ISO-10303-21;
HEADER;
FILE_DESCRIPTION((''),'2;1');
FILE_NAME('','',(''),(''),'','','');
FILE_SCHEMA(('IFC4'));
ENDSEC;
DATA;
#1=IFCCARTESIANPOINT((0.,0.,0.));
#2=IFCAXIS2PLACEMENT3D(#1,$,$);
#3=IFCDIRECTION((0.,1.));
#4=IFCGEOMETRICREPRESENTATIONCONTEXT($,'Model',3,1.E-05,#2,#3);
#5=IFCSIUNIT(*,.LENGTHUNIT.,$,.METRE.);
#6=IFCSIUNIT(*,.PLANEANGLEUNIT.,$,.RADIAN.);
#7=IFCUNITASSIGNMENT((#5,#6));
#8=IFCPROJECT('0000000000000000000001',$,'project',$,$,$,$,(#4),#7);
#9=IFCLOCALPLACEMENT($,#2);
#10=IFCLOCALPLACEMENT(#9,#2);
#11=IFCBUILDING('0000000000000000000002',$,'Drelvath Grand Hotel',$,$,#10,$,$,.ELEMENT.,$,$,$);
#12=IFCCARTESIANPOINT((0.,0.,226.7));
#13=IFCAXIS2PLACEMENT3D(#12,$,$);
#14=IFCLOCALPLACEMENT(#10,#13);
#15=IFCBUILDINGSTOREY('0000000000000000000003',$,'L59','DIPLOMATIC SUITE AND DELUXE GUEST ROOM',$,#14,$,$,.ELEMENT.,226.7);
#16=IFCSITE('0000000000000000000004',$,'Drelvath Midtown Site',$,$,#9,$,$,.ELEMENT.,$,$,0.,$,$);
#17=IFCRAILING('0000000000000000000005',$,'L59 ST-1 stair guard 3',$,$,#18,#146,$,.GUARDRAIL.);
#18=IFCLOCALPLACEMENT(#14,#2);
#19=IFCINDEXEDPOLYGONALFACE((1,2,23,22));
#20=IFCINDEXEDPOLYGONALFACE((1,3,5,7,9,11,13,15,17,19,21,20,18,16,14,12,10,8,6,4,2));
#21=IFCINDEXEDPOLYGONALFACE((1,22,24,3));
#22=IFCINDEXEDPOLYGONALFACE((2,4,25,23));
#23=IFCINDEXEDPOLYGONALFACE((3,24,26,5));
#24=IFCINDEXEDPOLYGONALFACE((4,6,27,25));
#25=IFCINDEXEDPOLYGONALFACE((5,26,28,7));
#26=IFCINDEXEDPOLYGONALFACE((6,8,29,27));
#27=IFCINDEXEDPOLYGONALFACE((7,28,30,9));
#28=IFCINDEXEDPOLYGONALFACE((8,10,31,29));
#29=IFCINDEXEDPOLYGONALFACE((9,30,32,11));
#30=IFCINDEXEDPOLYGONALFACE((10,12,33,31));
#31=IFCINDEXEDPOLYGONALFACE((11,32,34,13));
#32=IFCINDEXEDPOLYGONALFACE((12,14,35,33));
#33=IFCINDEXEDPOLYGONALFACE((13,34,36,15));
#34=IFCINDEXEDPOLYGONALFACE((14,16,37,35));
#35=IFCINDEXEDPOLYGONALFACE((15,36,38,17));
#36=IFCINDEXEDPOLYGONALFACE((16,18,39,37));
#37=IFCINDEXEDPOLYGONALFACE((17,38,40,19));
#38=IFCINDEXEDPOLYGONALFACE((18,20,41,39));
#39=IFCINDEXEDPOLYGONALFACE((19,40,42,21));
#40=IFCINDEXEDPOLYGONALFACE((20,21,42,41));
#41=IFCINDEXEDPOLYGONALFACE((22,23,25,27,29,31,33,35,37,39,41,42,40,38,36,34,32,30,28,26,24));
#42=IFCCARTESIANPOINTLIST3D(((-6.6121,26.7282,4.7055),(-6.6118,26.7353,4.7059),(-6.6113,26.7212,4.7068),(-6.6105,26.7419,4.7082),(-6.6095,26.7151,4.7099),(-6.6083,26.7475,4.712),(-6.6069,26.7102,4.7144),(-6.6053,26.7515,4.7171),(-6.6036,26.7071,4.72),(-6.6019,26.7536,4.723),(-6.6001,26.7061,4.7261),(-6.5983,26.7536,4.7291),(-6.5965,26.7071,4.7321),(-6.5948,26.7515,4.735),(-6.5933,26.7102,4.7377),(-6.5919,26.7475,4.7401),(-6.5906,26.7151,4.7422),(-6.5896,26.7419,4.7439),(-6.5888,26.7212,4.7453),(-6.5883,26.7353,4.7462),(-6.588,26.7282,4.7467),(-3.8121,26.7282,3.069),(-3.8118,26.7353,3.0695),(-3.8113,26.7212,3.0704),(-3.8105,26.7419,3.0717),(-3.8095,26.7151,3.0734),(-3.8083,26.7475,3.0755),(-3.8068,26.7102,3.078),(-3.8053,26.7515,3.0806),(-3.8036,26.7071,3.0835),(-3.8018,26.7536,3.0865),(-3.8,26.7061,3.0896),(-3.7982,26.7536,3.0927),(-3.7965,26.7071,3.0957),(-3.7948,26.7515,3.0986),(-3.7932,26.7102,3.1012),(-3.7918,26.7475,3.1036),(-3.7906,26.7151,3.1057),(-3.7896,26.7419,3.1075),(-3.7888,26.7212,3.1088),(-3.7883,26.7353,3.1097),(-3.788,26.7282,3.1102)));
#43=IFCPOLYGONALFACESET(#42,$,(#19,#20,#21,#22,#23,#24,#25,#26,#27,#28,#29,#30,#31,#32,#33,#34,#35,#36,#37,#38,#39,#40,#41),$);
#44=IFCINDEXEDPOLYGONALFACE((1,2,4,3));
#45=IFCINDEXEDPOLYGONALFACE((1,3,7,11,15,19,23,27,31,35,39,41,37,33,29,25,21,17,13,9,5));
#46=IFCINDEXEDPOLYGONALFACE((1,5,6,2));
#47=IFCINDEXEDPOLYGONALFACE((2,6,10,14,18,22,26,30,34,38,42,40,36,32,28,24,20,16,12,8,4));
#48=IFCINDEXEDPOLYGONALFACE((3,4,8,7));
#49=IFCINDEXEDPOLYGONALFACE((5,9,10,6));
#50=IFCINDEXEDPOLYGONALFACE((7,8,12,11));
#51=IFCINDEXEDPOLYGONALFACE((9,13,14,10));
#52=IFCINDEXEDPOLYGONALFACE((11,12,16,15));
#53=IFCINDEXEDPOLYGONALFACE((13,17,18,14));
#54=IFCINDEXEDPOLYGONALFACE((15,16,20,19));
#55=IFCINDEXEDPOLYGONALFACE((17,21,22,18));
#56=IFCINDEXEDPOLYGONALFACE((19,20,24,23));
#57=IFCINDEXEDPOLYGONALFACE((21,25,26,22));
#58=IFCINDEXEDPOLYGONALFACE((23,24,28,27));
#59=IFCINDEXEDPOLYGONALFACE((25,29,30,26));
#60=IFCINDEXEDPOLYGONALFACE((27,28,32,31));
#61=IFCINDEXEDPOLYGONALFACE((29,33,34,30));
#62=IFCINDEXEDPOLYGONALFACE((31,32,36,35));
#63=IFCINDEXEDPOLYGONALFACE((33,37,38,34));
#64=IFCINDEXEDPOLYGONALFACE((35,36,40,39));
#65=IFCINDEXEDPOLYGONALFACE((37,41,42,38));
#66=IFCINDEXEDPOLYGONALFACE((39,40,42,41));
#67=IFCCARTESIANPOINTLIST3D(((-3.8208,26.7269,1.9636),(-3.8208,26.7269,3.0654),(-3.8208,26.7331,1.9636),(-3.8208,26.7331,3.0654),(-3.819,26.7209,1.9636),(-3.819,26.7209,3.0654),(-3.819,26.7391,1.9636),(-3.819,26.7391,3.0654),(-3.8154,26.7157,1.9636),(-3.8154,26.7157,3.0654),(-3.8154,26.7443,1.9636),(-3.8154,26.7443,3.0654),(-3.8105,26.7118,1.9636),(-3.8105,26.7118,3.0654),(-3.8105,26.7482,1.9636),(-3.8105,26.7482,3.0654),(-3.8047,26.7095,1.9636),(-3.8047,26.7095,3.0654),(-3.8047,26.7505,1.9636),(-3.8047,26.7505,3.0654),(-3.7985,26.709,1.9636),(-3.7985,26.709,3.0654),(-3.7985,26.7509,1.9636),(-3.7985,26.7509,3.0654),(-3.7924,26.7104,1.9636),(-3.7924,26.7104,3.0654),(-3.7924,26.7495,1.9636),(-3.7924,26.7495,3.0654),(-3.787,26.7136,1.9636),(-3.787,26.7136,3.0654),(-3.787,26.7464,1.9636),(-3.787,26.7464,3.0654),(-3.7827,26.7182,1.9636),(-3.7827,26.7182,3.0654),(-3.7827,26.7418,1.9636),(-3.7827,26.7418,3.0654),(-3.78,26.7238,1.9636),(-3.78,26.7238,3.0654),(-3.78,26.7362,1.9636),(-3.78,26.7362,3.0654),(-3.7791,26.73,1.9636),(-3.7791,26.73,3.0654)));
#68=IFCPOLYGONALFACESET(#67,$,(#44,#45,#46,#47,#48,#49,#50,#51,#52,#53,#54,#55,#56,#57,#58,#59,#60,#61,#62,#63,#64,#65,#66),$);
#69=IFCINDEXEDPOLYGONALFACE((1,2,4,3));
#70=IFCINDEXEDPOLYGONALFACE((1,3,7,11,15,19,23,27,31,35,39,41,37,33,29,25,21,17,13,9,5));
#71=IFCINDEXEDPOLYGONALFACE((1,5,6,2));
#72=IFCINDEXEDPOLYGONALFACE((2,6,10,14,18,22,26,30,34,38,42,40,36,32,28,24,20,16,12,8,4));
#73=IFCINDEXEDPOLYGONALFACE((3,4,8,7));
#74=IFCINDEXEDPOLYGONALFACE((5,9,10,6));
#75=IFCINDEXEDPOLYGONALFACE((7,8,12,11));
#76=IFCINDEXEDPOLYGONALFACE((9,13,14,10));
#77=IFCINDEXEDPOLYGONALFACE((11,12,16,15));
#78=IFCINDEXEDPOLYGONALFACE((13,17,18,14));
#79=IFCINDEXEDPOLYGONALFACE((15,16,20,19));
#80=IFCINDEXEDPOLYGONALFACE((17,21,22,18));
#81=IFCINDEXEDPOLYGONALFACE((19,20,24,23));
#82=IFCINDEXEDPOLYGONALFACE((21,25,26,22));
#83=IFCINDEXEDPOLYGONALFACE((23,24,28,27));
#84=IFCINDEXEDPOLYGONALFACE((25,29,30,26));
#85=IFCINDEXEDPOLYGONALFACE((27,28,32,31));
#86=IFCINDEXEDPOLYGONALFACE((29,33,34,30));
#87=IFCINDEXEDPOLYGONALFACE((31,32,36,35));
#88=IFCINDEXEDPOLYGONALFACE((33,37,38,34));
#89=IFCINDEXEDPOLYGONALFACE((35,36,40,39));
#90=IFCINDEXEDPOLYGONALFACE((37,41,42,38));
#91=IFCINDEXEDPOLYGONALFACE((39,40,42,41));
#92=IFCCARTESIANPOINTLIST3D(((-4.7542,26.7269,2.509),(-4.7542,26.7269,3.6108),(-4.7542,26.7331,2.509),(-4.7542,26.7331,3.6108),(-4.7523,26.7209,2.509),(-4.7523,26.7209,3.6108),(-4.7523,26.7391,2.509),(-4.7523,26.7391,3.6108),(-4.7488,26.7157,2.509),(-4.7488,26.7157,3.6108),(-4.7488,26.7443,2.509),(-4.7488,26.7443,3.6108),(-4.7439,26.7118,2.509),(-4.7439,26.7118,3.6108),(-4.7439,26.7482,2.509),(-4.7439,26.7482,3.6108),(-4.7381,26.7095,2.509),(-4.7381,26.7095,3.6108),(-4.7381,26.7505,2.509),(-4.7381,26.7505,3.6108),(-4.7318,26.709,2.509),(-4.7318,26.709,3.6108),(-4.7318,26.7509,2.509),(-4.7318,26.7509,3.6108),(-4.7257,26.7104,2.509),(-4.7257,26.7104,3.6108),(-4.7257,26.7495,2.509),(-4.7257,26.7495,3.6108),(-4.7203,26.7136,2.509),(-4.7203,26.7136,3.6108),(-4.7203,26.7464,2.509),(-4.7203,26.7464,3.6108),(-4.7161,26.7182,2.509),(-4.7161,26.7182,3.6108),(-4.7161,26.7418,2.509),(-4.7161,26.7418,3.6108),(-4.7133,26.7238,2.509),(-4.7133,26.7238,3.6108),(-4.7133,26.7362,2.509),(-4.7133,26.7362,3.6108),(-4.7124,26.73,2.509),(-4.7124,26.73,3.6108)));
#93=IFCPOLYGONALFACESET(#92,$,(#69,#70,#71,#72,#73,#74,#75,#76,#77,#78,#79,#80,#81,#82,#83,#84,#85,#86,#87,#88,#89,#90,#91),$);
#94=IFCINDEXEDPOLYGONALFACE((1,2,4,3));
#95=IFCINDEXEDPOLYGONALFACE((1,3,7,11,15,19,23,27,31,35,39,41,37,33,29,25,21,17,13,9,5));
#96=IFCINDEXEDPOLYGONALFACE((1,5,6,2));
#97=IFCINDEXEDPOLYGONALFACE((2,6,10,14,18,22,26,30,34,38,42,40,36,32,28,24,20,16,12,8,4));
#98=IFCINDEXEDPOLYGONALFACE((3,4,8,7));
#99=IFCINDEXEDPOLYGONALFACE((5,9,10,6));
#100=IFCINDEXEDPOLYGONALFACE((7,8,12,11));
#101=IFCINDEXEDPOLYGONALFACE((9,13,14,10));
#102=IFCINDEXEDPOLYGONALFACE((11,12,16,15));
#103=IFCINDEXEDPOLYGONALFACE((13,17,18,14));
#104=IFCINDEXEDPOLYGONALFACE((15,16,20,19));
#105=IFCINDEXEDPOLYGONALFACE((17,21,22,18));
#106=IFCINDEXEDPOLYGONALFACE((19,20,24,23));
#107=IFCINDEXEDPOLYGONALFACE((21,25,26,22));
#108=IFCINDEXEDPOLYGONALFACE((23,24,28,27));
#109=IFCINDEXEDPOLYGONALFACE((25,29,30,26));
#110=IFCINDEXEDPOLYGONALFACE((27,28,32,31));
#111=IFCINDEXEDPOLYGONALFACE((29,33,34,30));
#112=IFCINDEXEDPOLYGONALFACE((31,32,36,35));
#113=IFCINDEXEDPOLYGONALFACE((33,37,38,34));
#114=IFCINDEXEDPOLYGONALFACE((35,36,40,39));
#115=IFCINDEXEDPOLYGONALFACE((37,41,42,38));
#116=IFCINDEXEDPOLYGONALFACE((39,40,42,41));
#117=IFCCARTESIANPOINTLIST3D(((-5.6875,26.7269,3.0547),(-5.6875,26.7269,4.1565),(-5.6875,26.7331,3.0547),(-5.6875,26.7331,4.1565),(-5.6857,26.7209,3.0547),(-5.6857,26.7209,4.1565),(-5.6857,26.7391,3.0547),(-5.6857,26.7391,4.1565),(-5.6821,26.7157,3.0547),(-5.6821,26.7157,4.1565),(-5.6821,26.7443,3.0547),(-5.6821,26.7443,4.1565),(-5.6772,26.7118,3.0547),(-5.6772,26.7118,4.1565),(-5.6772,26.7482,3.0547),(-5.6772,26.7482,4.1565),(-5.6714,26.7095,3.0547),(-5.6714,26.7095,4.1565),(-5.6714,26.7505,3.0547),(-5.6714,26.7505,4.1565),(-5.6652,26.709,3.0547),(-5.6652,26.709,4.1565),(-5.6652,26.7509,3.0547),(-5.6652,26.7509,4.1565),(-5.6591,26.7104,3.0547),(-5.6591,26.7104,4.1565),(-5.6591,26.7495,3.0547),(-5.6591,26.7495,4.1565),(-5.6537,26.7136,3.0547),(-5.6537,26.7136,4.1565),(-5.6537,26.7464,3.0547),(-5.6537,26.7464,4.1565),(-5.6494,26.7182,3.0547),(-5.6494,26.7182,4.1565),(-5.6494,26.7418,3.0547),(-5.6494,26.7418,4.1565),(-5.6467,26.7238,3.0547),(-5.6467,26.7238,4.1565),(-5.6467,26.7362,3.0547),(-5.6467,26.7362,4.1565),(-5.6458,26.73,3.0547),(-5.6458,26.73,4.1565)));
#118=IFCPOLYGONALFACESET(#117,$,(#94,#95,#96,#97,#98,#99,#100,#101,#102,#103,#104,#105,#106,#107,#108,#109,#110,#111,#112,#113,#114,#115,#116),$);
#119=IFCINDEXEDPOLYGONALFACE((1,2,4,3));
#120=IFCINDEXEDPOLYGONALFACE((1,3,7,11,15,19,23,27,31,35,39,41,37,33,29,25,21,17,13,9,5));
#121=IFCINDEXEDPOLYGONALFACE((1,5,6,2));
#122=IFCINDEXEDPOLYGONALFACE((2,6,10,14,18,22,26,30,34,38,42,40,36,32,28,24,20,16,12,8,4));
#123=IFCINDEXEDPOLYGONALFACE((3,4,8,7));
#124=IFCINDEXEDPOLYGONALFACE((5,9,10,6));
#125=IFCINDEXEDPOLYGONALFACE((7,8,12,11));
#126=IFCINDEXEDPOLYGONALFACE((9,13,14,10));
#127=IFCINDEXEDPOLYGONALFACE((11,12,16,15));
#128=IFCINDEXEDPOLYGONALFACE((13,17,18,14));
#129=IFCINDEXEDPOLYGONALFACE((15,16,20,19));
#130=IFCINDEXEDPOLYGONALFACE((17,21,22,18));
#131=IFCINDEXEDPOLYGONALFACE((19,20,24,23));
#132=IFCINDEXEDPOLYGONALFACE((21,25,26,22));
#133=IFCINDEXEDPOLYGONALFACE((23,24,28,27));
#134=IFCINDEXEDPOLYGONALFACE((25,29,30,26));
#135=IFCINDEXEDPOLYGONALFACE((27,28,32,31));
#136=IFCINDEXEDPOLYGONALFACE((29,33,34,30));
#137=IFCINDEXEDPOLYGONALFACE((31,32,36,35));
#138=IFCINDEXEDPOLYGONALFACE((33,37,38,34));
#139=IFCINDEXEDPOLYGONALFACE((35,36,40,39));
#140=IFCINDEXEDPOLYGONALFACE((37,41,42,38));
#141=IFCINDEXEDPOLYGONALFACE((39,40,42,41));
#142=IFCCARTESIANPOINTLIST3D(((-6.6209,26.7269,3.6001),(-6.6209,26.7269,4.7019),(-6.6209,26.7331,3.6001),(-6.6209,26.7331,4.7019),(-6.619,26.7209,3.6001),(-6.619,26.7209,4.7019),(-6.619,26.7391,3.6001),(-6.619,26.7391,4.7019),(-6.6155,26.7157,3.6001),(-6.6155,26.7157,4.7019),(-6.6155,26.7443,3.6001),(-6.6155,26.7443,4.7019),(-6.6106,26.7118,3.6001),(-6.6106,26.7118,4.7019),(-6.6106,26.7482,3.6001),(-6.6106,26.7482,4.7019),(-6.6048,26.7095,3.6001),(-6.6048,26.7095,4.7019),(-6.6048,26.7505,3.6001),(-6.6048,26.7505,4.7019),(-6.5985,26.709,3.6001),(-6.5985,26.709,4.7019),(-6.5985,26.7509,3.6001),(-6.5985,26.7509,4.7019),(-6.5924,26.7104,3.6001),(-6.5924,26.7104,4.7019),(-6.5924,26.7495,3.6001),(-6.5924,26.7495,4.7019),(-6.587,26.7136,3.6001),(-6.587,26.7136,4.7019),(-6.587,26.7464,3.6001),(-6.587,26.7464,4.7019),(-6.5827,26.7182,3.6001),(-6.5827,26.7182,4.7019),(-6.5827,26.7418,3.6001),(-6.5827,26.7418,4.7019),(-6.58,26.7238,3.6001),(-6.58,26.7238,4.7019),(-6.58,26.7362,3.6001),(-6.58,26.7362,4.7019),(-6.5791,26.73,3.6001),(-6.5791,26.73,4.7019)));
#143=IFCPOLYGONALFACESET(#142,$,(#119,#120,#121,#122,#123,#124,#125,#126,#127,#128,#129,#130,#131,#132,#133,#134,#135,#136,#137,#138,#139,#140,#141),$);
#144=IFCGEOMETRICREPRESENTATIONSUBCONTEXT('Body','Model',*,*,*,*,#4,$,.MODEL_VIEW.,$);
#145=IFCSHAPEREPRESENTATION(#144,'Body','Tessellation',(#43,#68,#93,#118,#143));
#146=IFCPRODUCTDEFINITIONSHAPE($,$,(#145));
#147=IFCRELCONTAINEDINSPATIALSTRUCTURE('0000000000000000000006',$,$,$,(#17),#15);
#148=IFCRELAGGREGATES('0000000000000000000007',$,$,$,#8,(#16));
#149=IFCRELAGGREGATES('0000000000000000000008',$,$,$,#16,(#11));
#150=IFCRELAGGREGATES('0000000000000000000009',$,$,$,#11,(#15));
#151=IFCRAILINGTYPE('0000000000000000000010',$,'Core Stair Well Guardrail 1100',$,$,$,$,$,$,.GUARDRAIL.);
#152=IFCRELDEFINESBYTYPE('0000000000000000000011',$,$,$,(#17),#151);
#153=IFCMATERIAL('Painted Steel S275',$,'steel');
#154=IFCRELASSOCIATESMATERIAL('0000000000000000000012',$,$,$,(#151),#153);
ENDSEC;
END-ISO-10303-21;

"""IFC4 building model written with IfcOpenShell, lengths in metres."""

from ifc_helpers import new_model, si_unit, direction, frame, origin, origin_2d, place, context, subcontext, project, spatial, circle, extrude, material, type_object, element, save


model = new_model("IFC4")

# Units and contexts
model_context = context("Model", 3, precision=1e-05, world=origin(), true_north=direction((0.0, 1.0)))
body_context = subcontext(model_context, "Body", "Model", "MODEL_VIEW")
ifc_project = project(units=[si_unit("LENGTHUNIT", "METRE"), si_unit("PLANEANGLEUNIT", "RADIAN")], contexts=[model_context])

# Site, building, storey
site_placement = place(None, origin())
site = spatial("IfcSite", under=ifc_project, at=site_placement, Name="Drelvath Midtown Site", CompositionType="ELEMENT", RefElevation=0.0)
building_placement = place(site_placement, origin())
building = spatial("IfcBuilding", under=site, at=building_placement, Name="Drelvath Grand Hotel", CompositionType="ELEMENT")
storey_placement = place(building_placement, frame((0.0, 0.0, 226.7)))
storey = spatial("IfcBuildingStorey", under=building, at=storey_placement, Name="L59", Description="DIPLOMATIC SUITE AND DELUXE GUEST ROOM", CompositionType="ELEMENT", Elevation=226.7)

# Shared definitions
ifc_material_1 = material(Name="Painted Steel S275", Category="steel")

# Railing
railing_type_1 = type_object("IfcRailingType", Name="Core Stair Well Guardrail 1100", PredefinedType="GUARDRAIL", material=ifc_material_1)
railing_1_placement = place(storey_placement, frame((-3.8, 26.73, 1.9636)))
element("IfcRailing", 1, at=railing_1_placement, inside=storey, type_object=railing_type_1, Name="L59 ST-1 stair guard 3", PredefinedType="GUARDRAIL", context=body_context, shape_type="SweptSolid", body=[
    extrude(circle(Radius=0.0239, at=origin_2d()), frame((0.0, 0.0, 1.126), z_axis=(-0.863361, 0.0, 0.504587), x_axis=(0.0, -1.0, 0.0)), (0.0, 0.0, 1.0), 3.2432),
    extrude(circle(Radius=0.021, at=origin_2d()), origin(), (0.0, 0.0, 1.0), 1.1018),
    extrude(circle(Radius=0.021, at=origin_2d()), frame((-0.9333, 0.0, 0.5454)), (0.0, 0.0, 1.0), 1.1018),
    extrude(circle(Radius=0.021, at=origin_2d()), frame((-1.8667, 0.0, 1.0911)), (0.0, 0.0, 1.0), 1.1018),
    extrude(circle(Radius=0.021, at=origin_2d()), frame((-2.8, 0.0, 1.6365)), (0.0, 0.0, 1.0), 1.1018),
])

save(model, "model.ifc")
